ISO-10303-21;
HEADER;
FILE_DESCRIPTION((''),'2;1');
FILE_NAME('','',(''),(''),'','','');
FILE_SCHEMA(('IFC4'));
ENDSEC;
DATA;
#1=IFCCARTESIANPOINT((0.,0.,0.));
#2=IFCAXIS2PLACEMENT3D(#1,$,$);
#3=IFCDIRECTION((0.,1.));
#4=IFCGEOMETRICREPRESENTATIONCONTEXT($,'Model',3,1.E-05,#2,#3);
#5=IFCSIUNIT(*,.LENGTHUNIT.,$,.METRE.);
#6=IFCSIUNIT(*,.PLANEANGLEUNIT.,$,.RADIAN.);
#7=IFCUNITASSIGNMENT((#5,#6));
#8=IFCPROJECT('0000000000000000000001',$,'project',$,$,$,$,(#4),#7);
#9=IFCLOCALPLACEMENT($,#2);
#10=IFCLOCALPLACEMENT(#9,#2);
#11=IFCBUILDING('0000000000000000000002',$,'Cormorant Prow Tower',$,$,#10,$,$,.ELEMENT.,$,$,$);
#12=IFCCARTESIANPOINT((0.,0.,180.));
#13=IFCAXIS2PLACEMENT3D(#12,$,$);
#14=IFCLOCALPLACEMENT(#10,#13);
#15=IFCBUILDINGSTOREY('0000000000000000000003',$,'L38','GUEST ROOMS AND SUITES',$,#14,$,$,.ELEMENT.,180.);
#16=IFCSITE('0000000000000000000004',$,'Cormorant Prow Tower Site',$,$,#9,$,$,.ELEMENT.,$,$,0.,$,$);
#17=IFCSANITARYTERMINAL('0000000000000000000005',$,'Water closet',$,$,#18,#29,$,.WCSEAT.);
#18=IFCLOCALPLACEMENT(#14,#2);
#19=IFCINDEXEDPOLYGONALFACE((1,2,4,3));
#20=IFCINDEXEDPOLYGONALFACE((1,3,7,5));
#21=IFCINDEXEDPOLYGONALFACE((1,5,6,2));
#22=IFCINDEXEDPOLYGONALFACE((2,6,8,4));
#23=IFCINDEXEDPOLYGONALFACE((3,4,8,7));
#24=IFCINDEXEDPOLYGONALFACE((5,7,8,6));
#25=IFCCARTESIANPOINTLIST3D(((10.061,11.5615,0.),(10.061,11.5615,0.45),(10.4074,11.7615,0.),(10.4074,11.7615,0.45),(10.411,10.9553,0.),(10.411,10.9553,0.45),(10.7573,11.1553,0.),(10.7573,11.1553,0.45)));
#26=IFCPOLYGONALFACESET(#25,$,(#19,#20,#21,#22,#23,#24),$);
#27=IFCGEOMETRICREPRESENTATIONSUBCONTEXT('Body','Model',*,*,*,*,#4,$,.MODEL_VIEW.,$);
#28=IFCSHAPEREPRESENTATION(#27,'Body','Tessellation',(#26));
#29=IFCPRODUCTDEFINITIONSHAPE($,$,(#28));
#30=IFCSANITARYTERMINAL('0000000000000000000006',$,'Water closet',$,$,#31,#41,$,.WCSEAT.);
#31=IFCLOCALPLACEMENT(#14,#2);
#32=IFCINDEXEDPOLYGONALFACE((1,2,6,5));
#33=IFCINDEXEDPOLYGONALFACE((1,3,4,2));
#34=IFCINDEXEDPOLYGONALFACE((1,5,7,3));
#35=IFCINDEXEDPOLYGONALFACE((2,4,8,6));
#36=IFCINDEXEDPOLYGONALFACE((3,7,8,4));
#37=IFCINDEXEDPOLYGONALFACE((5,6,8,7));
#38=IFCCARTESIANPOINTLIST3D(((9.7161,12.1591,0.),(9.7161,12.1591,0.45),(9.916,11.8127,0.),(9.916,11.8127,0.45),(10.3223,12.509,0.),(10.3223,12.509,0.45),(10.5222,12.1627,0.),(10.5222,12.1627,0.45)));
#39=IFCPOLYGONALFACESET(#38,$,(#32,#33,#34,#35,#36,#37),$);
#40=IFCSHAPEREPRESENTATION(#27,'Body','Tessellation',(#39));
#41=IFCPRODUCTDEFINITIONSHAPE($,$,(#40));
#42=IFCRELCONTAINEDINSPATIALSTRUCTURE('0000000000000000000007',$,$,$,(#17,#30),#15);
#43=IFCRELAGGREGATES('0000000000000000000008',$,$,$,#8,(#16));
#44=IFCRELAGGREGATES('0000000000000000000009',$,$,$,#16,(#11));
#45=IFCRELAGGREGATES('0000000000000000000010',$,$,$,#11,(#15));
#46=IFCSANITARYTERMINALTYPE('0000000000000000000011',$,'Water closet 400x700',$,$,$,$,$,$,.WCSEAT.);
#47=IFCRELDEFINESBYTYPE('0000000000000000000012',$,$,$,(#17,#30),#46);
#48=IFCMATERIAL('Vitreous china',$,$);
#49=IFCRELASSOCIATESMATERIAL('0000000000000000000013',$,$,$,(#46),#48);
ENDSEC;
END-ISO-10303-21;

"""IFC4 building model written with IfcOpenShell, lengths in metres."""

from ifc_helpers import new_model, si_unit, direction, frame, origin, origin_2d, place, context, subcontext, project, spatial, rectangle, extrude, material, type_object, element, save


model = new_model("IFC4")

# Units and contexts
model_context = context("Model", 3, precision=1e-05, world=origin(), true_north=direction((0.0, 1.0)))
body_context = subcontext(model_context, "Body", "Model", "MODEL_VIEW")
ifc_project = project(units=[si_unit("LENGTHUNIT", "METRE"), si_unit("PLANEANGLEUNIT", "RADIAN")], contexts=[model_context])

# Site, building, storey
site_placement = place(None, origin())
site = spatial("IfcSite", under=ifc_project, at=site_placement, Name="Cormorant Prow Tower Site", CompositionType="ELEMENT", RefElevation=0.0)
building_placement = place(site_placement, origin())
building = spatial("IfcBuilding", under=site, at=building_placement, Name="Cormorant Prow Tower", CompositionType="ELEMENT")
storey_placement = place(building_placement, frame((0.0, 0.0, 180.0)))
storey = spatial("IfcBuildingStorey", under=building, at=storey_placement, Name="L38", Description="GUEST ROOMS AND SUITES", CompositionType="ELEMENT", Elevation=180.0)

# Sanitary terminals
ifc_material_1 = material(Name="Vitreous china")
sanitary_terminal_type_1 = type_object("IfcSanitaryTerminalType", Name="Water closet 400x700", PredefinedType="WCSEAT", material=ifc_material_1)
for number, where, z_axis, x_axis, name in (
    (1, (10.4092, 11.3584, 0.0), (0.0, 0.0, 1.0), (0.866025, 0.5, 0.0), "Water closet"),
    (2, (10.1191, 12.1609, 0.0), (0.0, 0.0, 1.0), (-0.5, 0.866025, 0.0), "Water closet"),
):
    element("IfcSanitaryTerminal", number, at=place(storey_placement, frame(where, z_axis=z_axis, x_axis=x_axis)), inside=storey, type_object=sanitary_terminal_type_1, Name=name, PredefinedType="WCSEAT", context=body_context, shape_type="SweptSolid", body=[
        extrude(rectangle(XDim=0.3999, YDim=0.7, at=origin_2d()), origin(), (0.0, 0.0, 1.0), 0.45),
    ])

save(model, "model.ifc")
